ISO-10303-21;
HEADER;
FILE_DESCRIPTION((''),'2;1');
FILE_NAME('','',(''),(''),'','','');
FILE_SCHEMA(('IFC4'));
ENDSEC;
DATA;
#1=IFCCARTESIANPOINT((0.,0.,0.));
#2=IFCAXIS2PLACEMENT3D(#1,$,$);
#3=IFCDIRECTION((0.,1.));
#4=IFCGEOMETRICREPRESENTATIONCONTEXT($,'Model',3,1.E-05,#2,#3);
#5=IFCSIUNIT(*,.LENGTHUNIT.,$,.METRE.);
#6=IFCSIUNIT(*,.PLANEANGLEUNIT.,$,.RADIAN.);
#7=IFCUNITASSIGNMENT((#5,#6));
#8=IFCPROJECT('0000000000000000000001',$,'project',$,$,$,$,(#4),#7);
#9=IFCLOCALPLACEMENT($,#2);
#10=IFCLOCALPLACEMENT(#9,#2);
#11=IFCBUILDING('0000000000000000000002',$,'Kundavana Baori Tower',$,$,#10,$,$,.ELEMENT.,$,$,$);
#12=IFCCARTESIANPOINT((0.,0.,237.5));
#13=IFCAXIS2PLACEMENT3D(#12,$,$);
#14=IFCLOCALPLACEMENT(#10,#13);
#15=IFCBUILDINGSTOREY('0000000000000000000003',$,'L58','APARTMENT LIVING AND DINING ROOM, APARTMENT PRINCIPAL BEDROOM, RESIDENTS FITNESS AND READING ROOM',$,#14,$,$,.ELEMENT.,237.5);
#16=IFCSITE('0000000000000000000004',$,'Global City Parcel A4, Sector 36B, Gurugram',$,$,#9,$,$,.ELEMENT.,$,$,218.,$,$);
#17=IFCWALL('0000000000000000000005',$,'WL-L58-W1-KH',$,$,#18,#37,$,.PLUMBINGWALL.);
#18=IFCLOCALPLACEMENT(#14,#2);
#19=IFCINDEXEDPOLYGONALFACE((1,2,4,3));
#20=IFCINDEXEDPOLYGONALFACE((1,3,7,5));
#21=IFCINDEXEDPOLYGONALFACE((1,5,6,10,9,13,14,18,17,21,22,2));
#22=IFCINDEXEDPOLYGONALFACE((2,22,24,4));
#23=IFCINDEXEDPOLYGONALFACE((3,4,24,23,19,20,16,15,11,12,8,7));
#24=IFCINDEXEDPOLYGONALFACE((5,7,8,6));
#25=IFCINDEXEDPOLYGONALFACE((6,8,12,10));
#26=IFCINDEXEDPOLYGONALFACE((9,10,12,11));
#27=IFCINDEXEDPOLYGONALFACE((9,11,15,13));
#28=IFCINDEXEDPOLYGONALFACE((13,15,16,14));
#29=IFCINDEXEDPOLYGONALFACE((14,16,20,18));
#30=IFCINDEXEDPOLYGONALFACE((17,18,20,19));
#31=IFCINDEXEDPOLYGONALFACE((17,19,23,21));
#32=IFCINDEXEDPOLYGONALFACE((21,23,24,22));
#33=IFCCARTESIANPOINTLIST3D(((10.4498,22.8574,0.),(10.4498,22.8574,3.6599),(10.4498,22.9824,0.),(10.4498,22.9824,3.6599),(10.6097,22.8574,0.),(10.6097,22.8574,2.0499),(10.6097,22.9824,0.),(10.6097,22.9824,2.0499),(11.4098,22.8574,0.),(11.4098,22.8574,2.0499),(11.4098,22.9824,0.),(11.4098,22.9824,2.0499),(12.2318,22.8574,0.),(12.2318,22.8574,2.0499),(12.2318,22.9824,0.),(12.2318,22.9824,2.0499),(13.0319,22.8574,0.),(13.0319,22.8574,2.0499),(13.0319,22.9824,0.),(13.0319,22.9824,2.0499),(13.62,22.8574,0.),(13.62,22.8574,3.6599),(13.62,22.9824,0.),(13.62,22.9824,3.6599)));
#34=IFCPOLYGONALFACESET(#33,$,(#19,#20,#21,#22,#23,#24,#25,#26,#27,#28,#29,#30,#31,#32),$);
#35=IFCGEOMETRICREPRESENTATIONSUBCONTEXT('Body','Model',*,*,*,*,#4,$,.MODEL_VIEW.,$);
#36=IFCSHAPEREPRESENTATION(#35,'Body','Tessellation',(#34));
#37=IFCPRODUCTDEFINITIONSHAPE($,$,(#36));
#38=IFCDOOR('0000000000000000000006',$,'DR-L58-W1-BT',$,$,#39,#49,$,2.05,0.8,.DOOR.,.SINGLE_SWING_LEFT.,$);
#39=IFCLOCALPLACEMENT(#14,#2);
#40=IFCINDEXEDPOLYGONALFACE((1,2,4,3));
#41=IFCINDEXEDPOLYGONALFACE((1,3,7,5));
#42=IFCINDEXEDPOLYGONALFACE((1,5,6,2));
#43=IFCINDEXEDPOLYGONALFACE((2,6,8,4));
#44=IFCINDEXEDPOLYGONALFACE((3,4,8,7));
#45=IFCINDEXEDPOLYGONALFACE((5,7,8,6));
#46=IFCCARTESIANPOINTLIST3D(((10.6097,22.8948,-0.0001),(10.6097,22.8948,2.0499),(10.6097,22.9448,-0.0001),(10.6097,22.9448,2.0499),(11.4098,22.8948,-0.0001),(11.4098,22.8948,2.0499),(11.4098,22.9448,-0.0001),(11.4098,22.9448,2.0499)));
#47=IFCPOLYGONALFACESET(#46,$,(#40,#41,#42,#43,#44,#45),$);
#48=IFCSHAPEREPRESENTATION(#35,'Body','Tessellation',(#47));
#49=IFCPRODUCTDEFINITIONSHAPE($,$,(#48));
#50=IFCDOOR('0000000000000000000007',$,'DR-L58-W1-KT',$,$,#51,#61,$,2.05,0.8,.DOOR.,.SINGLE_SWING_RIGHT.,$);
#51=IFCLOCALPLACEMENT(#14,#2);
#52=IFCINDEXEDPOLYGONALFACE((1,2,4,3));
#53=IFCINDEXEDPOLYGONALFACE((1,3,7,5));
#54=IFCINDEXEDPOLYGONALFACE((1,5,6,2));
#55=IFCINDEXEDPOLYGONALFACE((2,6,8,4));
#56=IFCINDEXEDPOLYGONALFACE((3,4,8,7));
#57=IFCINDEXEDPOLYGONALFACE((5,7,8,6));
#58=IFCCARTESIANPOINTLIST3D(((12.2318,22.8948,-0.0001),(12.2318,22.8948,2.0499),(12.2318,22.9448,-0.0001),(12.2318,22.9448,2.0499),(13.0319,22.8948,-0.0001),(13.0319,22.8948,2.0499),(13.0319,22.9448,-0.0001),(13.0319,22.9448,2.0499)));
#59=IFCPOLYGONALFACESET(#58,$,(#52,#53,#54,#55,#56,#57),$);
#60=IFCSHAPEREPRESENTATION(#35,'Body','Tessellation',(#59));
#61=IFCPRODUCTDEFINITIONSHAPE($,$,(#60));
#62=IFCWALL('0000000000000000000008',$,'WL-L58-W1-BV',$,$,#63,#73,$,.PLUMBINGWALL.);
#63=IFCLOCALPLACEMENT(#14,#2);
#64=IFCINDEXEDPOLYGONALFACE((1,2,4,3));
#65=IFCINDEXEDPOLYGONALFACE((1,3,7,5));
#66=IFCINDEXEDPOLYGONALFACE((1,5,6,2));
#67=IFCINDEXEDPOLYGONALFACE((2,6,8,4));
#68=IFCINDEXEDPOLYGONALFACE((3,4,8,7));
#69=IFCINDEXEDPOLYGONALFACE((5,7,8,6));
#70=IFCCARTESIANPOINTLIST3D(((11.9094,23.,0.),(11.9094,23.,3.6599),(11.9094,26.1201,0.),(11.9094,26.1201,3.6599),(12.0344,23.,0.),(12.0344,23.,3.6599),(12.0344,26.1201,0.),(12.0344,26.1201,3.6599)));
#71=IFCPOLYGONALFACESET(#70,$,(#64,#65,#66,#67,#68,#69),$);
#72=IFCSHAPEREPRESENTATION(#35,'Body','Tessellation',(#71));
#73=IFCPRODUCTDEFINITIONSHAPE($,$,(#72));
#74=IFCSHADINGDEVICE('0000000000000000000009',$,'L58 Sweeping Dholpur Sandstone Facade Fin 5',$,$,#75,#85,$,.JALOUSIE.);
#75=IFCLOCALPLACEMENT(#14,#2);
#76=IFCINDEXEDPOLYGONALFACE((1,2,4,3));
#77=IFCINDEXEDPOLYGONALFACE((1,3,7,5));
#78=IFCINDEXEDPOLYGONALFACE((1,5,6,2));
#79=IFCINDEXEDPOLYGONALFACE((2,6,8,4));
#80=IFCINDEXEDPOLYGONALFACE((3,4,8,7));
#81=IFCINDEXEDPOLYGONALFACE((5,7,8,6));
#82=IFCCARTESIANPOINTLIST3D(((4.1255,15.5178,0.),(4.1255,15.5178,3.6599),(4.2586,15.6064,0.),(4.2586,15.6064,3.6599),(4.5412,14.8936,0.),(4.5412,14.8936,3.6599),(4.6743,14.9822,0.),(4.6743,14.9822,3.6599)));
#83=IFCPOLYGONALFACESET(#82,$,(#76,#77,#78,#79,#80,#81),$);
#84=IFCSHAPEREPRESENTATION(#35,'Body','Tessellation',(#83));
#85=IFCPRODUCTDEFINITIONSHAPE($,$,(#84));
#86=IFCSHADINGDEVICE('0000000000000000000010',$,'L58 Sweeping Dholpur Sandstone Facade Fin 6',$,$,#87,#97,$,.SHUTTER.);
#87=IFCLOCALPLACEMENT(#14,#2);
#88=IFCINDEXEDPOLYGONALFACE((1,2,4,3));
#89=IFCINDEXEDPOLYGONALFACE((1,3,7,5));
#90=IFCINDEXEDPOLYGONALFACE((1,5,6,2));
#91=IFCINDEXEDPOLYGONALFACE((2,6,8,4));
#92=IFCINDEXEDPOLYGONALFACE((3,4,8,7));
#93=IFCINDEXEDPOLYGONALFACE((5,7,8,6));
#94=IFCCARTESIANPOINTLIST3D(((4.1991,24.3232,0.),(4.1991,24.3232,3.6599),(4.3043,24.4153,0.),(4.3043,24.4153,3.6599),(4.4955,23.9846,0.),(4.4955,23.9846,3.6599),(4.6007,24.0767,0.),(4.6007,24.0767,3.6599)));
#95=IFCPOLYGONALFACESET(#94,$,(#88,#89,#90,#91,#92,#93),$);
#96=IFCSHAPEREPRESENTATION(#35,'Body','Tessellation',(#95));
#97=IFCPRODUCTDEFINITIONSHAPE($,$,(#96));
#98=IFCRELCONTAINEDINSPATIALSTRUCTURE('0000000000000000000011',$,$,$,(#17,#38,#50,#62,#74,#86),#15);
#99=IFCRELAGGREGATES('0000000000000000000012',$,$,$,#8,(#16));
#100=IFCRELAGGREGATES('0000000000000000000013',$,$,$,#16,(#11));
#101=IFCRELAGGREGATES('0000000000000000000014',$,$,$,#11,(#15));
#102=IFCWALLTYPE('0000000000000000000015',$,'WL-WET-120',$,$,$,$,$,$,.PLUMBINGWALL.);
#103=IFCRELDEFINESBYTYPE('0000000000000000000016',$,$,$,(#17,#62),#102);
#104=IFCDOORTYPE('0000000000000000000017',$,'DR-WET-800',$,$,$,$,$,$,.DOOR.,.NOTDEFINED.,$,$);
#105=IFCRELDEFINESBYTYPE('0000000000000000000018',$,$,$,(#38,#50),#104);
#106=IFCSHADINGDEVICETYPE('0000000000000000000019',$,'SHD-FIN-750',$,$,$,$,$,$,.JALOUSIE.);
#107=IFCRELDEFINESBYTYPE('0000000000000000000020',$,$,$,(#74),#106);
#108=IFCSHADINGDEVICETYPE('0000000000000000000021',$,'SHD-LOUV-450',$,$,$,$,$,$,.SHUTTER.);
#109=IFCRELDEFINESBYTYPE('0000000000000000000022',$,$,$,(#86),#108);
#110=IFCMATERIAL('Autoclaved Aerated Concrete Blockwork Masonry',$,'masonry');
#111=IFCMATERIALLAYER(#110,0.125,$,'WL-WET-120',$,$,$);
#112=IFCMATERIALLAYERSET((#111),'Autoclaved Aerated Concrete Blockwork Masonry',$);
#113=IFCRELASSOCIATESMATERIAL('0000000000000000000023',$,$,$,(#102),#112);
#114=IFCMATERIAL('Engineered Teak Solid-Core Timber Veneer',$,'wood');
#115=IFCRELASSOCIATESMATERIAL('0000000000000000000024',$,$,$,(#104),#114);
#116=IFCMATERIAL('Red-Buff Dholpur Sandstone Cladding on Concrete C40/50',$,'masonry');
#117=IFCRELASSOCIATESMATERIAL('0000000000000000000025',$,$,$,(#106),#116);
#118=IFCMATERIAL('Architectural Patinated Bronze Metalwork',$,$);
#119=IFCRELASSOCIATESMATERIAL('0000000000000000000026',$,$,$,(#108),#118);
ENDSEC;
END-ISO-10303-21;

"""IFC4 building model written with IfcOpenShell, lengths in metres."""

from ifc_helpers import new_model, si_unit, direction, frame, frame_2d, origin, origin_2d, place, context, subcontext, project, spatial, rectangle, extrude, material, layer, layer_set, type_object, element, fill, save


model = new_model("IFC4")

# Units and contexts
model_context = context("Model", 3, precision=1e-05, world=origin(), true_north=direction((0.0, 1.0)))
body_context = subcontext(model_context, "Body", "Model", "MODEL_VIEW")
ifc_project = project(units=[si_unit("LENGTHUNIT", "METRE"), si_unit("PLANEANGLEUNIT", "RADIAN")], contexts=[model_context])

# Site, building, storey
site_placement = place(None, origin())
site = spatial("IfcSite", under=ifc_project, at=site_placement, Name="Global City Parcel A4, Sector 36B, Gurugram", CompositionType="ELEMENT", RefElevation=218.0)
building_placement = place(site_placement, origin())
building = spatial("IfcBuilding", under=site, at=building_placement, Name="Kundavana Baori Tower", CompositionType="ELEMENT")
storey_placement = place(building_placement, frame((0.0, 0.0, 237.5)))
storey = spatial("IfcBuildingStorey", under=building, at=storey_placement, Name="L58", Description="APARTMENT LIVING AND DINING ROOM, APARTMENT PRINCIPAL BEDROOM, RESIDENTS FITNESS AND READING ROOM", CompositionType="ELEMENT", Elevation=237.5)

# Wall, openings, doors
ifc_material_1 = material(Name="Autoclaved Aerated Concrete Blockwork Masonry", Category="masonry")
ifc_layer_1 = layer(ifc_material_1, 0.125, Name="WL-WET-120")
ifc_layer_set_1 = layer_set([ifc_layer_1], Name="Autoclaved Aerated Concrete Blockwork Masonry")
wall_type_1 = type_object("IfcWallType", Name="WL-WET-120", PredefinedType="PLUMBINGWALL", material=ifc_layer_set_1)
wall_1_placement = place(storey_placement, frame((10.45, 22.9199, 0.0), z_axis=(0.0, 0.0, 1.0), x_axis=(1.0, 0.0, 0.0)))
wall_1 = element("IfcWall", 1, at=wall_1_placement, inside=storey, type_object=wall_type_1, Name="WL-L58-W1-KH", PredefinedType="PLUMBINGWALL", context=body_context, shape_type="SweptSolid", body=[
    extrude(rectangle(XDim=3.1702, YDim=0.125, at=frame_2d((1.585, 0.0))), origin(), (0.0, 0.0, 1.0), 3.6599),
])
opening_1_placement = place(wall_1_placement, frame((0.1599, 0.0, 0.0)))
opening_1 = element("IfcOpeningElement", 2, at=opening_1_placement, cuts=wall_1, PredefinedType="OPENING", context=body_context, shape_type="SweptSolid", body=[
    extrude(rectangle(XDim=0.8, YDim=2.05, at=frame_2d((0.3999, 1.0249))), frame((0.0, 0.0725, 0.0), z_axis=(0.0, -1.0, 0.0), x_axis=(1.0, 0.0, 0.0)), (0.0, 0.0, 1.0), 0.145),
])
opening_2_placement = place(wall_1_placement, frame((1.782, 0.0, 0.0)))
opening_2 = element("IfcOpeningElement", 3, at=opening_2_placement, cuts=wall_1, PredefinedType="OPENING", context=body_context, shape_type="SweptSolid", body=[
    extrude(rectangle(XDim=0.8, YDim=2.05, at=frame_2d((0.3999, 1.0249))), frame((0.0, 0.0725, 0.0), z_axis=(0.0, -1.0, 0.0), x_axis=(1.0, 0.0, 0.0)), (0.0, 0.0, 1.0), 0.145),
])
ifc_material_2 = material(Name="Engineered Teak Solid-Core Timber Veneer", Category="wood")
door_type_1 = type_object("IfcDoorType", Name="DR-WET-800", OperationType="NOTDEFINED", PredefinedType="DOOR", material=ifc_material_2)
door_1_placement = place(opening_1_placement, origin())
door_1 = element("IfcDoor", 4, at=door_1_placement, inside=storey, type_object=door_type_1, Name="DR-L58-W1-BT", OperationType="SINGLE_SWING_LEFT", OverallHeight=2.05, OverallWidth=0.8, PredefinedType="DOOR", context=body_context, shape_type="SweptSolid", body=[
    extrude(rectangle(XDim=0.8, YDim=2.05, at=frame_2d((0.3999, 1.0249))), frame((0.0, 0.0249, 0.0), z_axis=(0.0, -1.0, 0.0), x_axis=(1.0, 0.0, 0.0)), (0.0, 0.0, 1.0), 0.05),
])
fill(opening_1, door_1)
door_2_placement = place(opening_2_placement, origin())
door_2 = element("IfcDoor", 5, at=door_2_placement, inside=storey, type_object=door_type_1, Name="DR-L58-W1-KT", OperationType="SINGLE_SWING_RIGHT", OverallHeight=2.05, OverallWidth=0.8, PredefinedType="DOOR", context=body_context, shape_type="SweptSolid", body=[
    extrude(rectangle(XDim=0.8, YDim=2.05, at=frame_2d((0.3999, 1.0249))), frame((0.0, 0.0249, 0.0), z_axis=(0.0, -1.0, 0.0), x_axis=(1.0, 0.0, 0.0)), (0.0, 0.0, 1.0), 0.05),
])
fill(opening_2, door_2)

# Wall
wall_2_placement = place(storey_placement, frame((11.9719, 23.0, 0.0), z_axis=(0.0, 0.0, 1.0), x_axis=(0.0, 1.0, 0.0)))
element("IfcWall", 6, at=wall_2_placement, inside=storey, type_object=wall_type_1, Name="WL-L58-W1-BV", PredefinedType="PLUMBINGWALL", context=body_context, shape_type="SweptSolid", body=[
    extrude(rectangle(XDim=3.1201, YDim=0.125, at=frame_2d((1.5601, 0.0))), origin(), (0.0, 0.0, 1.0), 3.6599),
])

# Shading devices
ifc_material_3 = material(Name="Red-Buff Dholpur Sandstone Cladding on Concrete C40/50", Category="masonry")
shading_device_type_1 = type_object("IfcShadingDeviceType", Name="SHD-FIN-750", PredefinedType="JALOUSIE", material=ifc_material_3)
shading_device_1_placement = place(storey_placement, frame((4.3999, 15.25, 0.0), z_axis=(0.0, 0.0, 1.0), x_axis=(0.832341, 0.554263, 0.0)))
element("IfcShadingDevice", 7, at=shading_device_1_placement, inside=storey, type_object=shading_device_type_1, Name="L58 Sweeping Dholpur Sandstone Facade Fin 5", PredefinedType="JALOUSIE", context=body_context, shape_type="SweptSolid", body=[
    extrude(rectangle(XDim=0.1599, YDim=0.75, at=origin_2d()), origin(), (0.0, 0.0, 1.0), 3.6599),
])
ifc_material_4 = material(Name="Architectural Patinated Bronze Metalwork")
shading_device_type_2 = type_object("IfcShadingDeviceType", Name="SHD-LOUV-450", PredefinedType="SHUTTER", material=ifc_material_4)
shading_device_2_placement = place(storey_placement, frame((4.3999, 24.2, 0.0), z_axis=(0.0, 0.0, 1.0), x_axis=(0.752415, 0.658689, 0.0)))
element("IfcShadingDevice", 8, at=shading_device_2_placement, inside=storey, type_object=shading_device_type_2, Name="L58 Sweeping Dholpur Sandstone Facade Fin 6", PredefinedType="SHUTTER", context=body_context, shape_type="SweptSolid", body=[
    extrude(rectangle(XDim=0.1399, YDim=0.45, at=origin_2d()), origin(), (0.0, 0.0, 1.0), 3.6599),
])

save(model, "model.ifc")
